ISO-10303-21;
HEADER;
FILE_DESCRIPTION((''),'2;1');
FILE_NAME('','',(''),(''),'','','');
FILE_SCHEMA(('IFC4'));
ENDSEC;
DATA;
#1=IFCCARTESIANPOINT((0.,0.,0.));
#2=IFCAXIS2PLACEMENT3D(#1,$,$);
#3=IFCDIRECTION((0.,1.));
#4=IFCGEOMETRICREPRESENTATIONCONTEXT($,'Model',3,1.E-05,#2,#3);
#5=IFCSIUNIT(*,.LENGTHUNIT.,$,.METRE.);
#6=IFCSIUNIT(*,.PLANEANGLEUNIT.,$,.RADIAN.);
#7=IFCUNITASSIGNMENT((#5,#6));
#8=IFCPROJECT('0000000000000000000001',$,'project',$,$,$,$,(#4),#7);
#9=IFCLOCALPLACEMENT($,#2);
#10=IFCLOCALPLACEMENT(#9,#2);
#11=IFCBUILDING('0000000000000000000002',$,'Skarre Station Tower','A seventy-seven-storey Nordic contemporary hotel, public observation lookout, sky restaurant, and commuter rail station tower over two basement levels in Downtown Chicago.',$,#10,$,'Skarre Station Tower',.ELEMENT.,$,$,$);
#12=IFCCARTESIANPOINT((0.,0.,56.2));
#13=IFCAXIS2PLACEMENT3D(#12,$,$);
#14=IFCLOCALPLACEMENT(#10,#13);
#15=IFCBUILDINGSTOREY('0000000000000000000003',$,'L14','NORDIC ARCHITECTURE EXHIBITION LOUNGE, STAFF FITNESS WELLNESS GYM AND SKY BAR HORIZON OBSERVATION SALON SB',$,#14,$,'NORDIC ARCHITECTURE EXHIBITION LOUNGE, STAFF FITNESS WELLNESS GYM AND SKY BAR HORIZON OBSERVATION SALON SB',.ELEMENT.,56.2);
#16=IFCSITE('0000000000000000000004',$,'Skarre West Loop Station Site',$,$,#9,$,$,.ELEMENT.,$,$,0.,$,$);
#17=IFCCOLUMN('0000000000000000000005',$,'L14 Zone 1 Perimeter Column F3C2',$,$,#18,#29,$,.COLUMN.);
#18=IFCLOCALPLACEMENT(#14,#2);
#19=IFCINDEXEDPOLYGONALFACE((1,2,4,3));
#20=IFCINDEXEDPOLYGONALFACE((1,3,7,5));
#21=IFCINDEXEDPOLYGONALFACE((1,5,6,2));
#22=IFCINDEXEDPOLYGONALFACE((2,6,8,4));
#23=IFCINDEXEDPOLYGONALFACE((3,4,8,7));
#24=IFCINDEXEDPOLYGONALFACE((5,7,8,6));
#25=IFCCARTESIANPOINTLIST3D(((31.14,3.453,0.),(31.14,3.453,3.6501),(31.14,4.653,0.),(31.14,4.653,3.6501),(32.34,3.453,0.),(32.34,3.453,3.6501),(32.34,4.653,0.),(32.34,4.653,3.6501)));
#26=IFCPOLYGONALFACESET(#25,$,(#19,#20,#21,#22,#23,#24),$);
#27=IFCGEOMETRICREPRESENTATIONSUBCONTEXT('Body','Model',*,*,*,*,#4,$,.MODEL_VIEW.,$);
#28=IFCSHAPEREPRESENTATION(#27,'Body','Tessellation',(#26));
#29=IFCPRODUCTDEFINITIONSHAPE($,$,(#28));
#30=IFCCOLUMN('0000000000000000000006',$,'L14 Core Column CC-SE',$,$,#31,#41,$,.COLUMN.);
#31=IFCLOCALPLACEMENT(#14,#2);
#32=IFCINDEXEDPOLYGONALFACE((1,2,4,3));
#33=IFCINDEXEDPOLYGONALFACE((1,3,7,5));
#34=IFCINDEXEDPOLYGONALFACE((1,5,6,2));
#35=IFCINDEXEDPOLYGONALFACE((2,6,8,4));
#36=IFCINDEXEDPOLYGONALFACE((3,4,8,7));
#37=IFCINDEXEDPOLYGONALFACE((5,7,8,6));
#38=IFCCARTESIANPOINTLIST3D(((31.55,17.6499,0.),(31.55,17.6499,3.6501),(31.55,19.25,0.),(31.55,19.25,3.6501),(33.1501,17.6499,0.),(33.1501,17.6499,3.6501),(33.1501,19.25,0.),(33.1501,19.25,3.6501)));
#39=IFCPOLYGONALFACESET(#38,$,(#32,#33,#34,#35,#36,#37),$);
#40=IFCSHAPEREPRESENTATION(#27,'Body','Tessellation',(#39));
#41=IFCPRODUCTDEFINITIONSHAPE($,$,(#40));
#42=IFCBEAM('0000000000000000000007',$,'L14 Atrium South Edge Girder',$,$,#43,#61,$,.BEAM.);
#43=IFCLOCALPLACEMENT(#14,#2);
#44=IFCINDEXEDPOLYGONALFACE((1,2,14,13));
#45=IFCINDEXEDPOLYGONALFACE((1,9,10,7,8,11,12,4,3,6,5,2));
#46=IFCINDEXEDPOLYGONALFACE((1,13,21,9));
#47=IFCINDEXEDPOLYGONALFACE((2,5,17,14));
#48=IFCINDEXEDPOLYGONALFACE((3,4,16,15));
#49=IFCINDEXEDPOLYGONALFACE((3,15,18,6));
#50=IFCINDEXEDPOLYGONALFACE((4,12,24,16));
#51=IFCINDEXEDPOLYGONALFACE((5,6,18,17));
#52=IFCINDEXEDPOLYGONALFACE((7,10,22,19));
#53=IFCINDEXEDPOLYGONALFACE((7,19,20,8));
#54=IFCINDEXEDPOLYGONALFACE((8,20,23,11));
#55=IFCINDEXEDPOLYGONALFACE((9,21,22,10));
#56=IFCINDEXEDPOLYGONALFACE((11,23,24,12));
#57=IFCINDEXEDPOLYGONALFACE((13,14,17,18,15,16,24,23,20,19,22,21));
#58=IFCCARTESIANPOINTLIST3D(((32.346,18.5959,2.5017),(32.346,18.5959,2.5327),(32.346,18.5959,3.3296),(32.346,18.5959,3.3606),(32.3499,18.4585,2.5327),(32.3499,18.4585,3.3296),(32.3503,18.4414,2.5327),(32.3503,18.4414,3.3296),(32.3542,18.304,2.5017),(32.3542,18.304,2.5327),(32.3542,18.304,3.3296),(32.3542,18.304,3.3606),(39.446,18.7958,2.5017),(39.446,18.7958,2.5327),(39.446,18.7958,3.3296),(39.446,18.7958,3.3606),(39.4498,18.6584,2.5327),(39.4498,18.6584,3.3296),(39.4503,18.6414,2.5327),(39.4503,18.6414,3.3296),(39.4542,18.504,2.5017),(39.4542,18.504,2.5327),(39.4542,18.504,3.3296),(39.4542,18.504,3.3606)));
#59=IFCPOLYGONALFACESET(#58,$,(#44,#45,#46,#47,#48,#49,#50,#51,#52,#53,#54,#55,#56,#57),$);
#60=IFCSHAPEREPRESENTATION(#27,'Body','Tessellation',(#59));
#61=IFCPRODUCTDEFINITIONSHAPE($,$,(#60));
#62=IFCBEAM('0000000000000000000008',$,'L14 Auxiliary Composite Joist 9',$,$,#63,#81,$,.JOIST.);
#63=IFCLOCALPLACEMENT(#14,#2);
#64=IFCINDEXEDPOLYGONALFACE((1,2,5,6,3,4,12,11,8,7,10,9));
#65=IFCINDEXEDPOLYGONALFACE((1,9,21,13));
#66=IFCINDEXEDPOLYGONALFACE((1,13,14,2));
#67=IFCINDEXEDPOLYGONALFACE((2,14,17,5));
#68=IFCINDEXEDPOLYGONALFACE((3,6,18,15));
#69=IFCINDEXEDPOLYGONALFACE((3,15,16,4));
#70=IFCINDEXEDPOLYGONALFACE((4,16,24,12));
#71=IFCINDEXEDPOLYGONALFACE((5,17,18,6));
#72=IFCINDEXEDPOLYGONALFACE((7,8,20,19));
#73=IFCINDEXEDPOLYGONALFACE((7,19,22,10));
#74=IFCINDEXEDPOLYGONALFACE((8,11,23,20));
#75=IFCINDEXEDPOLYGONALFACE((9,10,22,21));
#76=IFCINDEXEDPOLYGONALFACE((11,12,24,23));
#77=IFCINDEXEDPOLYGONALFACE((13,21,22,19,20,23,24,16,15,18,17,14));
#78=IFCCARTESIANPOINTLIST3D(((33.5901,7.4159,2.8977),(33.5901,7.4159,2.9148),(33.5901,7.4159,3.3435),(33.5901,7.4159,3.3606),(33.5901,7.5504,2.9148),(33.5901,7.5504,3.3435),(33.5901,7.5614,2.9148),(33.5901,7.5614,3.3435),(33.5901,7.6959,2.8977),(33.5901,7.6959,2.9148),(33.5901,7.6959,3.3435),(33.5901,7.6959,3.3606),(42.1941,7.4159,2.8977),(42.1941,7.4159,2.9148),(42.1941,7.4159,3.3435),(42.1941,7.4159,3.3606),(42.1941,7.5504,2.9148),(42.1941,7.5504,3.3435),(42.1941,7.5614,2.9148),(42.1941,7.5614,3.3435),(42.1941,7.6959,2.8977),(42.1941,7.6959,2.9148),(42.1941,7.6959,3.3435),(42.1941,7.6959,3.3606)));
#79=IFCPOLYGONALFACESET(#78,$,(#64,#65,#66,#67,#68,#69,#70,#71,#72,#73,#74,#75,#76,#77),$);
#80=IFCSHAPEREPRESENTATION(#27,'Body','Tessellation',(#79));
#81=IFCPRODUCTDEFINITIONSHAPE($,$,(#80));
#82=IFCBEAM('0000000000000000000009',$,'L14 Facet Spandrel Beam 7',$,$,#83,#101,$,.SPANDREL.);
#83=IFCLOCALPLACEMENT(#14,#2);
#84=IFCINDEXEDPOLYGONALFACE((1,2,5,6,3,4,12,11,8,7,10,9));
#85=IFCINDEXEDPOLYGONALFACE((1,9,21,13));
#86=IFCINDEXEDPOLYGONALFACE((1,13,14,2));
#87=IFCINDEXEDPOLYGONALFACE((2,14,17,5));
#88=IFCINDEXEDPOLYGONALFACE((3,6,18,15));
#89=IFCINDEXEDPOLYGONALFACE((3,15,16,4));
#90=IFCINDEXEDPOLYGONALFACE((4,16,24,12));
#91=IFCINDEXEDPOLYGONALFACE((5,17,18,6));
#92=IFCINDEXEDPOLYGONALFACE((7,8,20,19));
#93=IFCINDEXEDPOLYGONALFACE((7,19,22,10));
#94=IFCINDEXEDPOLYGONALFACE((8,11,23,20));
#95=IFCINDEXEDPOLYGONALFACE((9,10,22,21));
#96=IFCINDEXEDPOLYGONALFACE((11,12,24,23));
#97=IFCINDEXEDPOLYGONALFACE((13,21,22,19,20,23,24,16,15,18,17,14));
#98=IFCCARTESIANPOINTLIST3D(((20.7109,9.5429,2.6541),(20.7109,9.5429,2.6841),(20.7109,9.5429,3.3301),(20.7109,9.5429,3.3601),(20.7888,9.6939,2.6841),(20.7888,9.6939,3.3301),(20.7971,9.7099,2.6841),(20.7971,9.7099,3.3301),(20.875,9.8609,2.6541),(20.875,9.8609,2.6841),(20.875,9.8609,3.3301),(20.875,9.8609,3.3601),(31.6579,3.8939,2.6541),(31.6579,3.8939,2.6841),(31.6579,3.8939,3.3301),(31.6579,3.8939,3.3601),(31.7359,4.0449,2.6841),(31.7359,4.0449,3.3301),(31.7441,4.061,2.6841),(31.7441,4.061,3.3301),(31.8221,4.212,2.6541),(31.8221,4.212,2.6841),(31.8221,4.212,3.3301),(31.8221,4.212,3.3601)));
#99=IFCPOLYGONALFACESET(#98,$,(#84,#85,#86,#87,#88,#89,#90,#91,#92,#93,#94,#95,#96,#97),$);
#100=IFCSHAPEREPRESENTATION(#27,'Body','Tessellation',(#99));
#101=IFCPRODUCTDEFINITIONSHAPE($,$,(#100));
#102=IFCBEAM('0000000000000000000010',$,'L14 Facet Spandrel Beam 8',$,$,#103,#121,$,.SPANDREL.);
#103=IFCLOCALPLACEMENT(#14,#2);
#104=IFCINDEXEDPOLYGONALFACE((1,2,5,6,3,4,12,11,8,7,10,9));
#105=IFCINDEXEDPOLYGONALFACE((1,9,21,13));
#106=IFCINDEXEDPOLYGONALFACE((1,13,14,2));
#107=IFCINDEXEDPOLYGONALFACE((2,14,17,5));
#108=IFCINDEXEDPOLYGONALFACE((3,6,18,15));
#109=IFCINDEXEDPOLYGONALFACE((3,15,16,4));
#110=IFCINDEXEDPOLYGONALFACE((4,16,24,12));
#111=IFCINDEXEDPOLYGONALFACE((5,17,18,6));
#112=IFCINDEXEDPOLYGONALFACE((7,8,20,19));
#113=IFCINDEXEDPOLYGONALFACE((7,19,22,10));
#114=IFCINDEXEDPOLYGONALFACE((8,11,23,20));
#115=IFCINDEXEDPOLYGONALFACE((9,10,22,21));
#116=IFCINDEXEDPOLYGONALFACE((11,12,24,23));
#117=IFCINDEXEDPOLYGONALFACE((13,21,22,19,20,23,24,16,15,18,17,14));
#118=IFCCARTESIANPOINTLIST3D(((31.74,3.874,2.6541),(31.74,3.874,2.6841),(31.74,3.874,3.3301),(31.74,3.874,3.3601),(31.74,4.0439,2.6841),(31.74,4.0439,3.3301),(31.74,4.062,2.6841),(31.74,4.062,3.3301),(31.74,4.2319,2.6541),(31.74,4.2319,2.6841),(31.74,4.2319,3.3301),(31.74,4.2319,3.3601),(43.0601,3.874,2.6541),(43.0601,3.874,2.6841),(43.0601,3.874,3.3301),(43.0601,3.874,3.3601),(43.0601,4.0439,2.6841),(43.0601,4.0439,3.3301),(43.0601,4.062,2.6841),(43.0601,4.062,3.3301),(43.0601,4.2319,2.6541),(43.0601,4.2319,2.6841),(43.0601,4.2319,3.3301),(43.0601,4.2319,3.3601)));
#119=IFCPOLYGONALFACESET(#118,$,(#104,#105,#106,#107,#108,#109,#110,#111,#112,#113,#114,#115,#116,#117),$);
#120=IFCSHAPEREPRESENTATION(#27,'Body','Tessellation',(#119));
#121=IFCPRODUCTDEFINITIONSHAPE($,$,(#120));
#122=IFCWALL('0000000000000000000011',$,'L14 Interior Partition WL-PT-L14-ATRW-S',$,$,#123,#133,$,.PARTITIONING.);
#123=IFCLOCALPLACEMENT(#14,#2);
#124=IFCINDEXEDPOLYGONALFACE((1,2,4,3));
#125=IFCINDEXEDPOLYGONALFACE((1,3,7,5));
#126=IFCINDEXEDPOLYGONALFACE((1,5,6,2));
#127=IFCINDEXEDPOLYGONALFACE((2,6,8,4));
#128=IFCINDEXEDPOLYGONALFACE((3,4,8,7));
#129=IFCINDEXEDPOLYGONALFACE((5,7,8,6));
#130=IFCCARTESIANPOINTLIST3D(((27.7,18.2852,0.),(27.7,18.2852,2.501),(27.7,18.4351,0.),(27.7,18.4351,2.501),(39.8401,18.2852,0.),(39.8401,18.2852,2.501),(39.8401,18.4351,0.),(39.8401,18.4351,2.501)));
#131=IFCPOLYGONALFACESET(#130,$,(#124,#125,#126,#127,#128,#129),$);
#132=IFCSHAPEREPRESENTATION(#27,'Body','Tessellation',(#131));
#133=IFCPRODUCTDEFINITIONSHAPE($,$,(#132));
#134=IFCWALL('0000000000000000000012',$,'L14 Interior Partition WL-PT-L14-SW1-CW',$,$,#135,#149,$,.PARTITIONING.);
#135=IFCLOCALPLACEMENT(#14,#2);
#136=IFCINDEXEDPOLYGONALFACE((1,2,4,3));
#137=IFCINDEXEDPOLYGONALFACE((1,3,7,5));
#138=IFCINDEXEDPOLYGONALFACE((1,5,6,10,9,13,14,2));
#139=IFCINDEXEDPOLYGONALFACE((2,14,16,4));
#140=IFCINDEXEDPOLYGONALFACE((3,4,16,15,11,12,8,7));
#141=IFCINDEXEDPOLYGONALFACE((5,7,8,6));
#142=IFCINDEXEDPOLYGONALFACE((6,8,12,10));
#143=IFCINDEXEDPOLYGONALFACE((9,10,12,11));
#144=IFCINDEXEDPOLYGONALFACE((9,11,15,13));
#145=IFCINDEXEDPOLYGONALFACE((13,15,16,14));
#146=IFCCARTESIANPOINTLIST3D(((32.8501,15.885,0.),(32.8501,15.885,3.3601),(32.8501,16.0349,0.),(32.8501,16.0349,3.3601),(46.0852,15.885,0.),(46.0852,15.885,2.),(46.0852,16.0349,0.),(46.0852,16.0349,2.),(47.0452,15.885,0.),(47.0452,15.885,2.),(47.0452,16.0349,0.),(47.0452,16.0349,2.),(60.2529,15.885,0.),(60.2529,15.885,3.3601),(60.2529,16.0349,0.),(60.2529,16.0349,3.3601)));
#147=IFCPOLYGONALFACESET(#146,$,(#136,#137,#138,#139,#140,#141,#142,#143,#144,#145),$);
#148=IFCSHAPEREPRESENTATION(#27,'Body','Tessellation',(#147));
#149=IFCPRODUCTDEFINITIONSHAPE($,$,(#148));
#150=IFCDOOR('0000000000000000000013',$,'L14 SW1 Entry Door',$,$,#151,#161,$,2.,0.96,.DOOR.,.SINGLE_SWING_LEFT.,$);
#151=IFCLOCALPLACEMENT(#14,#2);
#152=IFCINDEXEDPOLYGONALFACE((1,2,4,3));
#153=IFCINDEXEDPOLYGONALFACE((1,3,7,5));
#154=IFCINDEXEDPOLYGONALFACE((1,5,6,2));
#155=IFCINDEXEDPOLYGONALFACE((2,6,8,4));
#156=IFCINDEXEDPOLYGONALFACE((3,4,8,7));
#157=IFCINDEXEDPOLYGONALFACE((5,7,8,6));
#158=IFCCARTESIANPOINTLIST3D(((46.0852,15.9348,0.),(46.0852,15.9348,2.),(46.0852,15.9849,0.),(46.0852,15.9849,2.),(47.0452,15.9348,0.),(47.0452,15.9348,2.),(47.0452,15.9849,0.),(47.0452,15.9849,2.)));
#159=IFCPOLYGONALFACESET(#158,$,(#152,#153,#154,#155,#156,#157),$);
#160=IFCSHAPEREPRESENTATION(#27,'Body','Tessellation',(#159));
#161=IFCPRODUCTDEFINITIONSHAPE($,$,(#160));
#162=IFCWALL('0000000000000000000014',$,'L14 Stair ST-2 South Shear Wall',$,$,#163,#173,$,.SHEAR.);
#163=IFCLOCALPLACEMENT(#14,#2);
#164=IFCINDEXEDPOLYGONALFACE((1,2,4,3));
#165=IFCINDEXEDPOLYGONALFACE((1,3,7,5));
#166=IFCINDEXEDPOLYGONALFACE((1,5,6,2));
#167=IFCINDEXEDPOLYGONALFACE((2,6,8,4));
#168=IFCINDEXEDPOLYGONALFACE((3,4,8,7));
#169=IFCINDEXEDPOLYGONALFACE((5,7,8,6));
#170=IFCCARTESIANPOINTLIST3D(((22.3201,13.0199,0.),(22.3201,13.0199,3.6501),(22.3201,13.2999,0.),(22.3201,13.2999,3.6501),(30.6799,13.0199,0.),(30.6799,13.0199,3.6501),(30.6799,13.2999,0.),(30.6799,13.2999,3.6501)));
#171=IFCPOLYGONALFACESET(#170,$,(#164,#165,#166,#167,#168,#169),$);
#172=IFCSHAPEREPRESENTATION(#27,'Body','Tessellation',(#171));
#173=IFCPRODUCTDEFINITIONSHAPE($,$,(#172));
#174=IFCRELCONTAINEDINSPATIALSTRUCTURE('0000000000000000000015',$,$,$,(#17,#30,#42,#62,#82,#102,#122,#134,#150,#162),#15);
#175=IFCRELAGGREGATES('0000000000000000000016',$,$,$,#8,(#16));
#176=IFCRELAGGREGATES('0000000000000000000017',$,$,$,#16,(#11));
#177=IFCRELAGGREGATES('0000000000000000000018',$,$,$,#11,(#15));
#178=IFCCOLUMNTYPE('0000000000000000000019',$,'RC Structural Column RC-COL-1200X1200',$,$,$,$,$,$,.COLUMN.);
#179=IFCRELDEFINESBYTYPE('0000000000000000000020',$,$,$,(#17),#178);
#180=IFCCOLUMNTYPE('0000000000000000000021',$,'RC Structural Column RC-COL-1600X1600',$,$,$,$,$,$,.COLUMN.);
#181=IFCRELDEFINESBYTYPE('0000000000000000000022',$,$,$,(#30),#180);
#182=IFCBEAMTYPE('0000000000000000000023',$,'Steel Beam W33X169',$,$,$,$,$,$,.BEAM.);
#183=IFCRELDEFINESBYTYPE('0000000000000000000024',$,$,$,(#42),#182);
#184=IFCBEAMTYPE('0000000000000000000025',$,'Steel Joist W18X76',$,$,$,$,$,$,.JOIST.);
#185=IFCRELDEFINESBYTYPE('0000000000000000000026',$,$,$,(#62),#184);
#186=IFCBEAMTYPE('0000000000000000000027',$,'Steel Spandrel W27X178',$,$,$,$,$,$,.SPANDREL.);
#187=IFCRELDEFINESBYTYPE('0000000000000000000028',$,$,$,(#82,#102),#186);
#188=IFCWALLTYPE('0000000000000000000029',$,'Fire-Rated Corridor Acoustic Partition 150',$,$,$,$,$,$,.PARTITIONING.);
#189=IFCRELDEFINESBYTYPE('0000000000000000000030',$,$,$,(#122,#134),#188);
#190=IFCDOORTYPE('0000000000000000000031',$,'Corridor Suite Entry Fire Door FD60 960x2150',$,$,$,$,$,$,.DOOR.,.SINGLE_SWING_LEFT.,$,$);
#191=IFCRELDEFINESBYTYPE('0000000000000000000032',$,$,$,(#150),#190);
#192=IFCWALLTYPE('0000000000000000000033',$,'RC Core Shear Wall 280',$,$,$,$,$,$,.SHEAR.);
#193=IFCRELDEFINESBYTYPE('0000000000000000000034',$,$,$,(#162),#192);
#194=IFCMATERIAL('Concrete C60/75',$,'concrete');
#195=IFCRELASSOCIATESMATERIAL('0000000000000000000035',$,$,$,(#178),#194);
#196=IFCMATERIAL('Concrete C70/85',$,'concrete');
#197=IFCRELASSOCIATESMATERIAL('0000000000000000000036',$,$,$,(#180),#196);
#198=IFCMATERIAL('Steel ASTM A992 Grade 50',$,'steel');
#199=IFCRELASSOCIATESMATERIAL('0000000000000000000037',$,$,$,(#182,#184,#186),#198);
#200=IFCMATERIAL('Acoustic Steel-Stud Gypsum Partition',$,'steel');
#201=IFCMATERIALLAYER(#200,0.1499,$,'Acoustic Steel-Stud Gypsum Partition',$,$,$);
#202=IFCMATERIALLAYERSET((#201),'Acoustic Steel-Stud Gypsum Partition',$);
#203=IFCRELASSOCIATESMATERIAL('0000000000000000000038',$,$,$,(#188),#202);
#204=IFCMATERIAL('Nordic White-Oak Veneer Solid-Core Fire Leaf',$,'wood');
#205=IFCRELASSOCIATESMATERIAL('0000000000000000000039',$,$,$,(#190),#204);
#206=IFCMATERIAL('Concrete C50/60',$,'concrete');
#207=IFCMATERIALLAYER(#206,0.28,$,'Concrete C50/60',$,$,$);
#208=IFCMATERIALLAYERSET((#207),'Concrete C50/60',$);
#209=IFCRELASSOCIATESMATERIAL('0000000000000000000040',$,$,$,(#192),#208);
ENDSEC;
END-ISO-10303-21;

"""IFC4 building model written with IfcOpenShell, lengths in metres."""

from ifc_helpers import new_model, si_unit, direction, frame, frame_2d, origin, origin_2d, place, context, subcontext, project, spatial, rectangle, i_section, extrude, material, layer, layer_set, material_profile, profile_set, type_object, element, fill, save


model = new_model("IFC4")

# Units and contexts
model_context = context("Model", 3, precision=1e-05, world=origin(), true_north=direction((0.0, 1.0)))
body_context = subcontext(model_context, "Body", "Model", "MODEL_VIEW")
ifc_project = project(units=[si_unit("LENGTHUNIT", "METRE"), si_unit("PLANEANGLEUNIT", "RADIAN")], contexts=[model_context])

# Site, building, storey
site_placement = place(None, origin())
site = spatial("IfcSite", under=ifc_project, at=site_placement, Name="Skarre West Loop Station Site", CompositionType="ELEMENT", RefElevation=0.0)
building_placement = place(site_placement, origin())
building = spatial("IfcBuilding", under=site, at=building_placement, Name="Skarre Station Tower", Description="A seventy-seven-storey Nordic contemporary hotel, public observation lookout, sky restaurant, and commuter rail station tower over two basement levels in Downtown Chicago.", LongName="Skarre Station Tower", CompositionType="ELEMENT")
storey_placement = place(building_placement, frame((0.0, 0.0, 56.2)))
storey = spatial("IfcBuildingStorey", under=building, at=storey_placement, Name="L14", Description="NORDIC ARCHITECTURE EXHIBITION LOUNGE, STAFF FITNESS WELLNESS GYM AND SKY BAR HORIZON OBSERVATION SALON SB", LongName="NORDIC ARCHITECTURE EXHIBITION LOUNGE, STAFF FITNESS WELLNESS GYM AND SKY BAR HORIZON OBSERVATION SALON SB", CompositionType="ELEMENT", Elevation=56.2)

# Columns
ifc_material_1 = material(Name="Concrete C60/75", Category="concrete")
ifc_material_profile_1 = material_profile(ifc_material_1, rectangle(XDim=1.2, YDim=1.2, at=origin_2d()), Name="Concrete C60/75")
ifc_profile_set_1 = profile_set([ifc_material_profile_1], Name="Concrete C60/75")
column_type_1 = type_object("IfcColumnType", Name="RC Structural Column RC-COL-1200X1200", PredefinedType="COLUMN", material=ifc_profile_set_1)
column_1_placement = place(storey_placement, frame((31.74, 4.053, 0.0), z_axis=(0.0, 0.0, 1.0), x_axis=(1.0, 0.0, 0.0)))
element("IfcColumn", 1, at=column_1_placement, inside=storey, type_object=column_type_1, Name="L14 Zone 1 Perimeter Column F3C2", PredefinedType="COLUMN", context=body_context, shape_type="SweptSolid", body=[
    extrude(rectangle(XDim=1.2, YDim=1.2, at=origin_2d()), origin(), (0.0, 0.0, 1.0), 3.6501),
])
ifc_material_2 = material(Name="Concrete C70/85", Category="concrete")
ifc_material_profile_2 = material_profile(ifc_material_2, rectangle(XDim=1.6001, YDim=1.6001, at=origin_2d()), Name="Concrete C70/85")
ifc_profile_set_2 = profile_set([ifc_material_profile_2], Name="Concrete C70/85")
column_type_2 = type_object("IfcColumnType", Name="RC Structural Column RC-COL-1600X1600", PredefinedType="COLUMN", material=ifc_profile_set_2)
column_2_placement = place(storey_placement, frame((32.3501, 18.45, 0.0), z_axis=(0.0, 0.0, 1.0), x_axis=(1.0, 0.0, 0.0)))
element("IfcColumn", 2, at=column_2_placement, inside=storey, type_object=column_type_2, Name="L14 Core Column CC-SE", PredefinedType="COLUMN", context=body_context, shape_type="SweptSolid", body=[
    extrude(rectangle(XDim=1.6001, YDim=1.6001, at=origin_2d()), origin(), (0.0, 0.0, 1.0), 3.6501),
])

# Beams
ifc_material_3 = material(Name="Steel ASTM A992 Grade 50", Category="steel")
ifc_material_profile_3 = material_profile(ifc_material_3, i_section(OverallWidth=0.292, OverallDepth=0.8589, WebThickness=0.0171, FlangeThickness=0.031, at=origin_2d()), Name="Steel ASTM A992 Grade 50")
ifc_profile_set_3 = profile_set([ifc_material_profile_3], Name="Steel ASTM A992 Grade 50")
beam_type_1 = type_object("IfcBeamType", Name="Steel Beam W33X169", PredefinedType="BEAM", material=ifc_profile_set_3)
beam_1_placement = place(storey_placement, frame((32.3501, 18.45, 2.9312), z_axis=(0.999604, 0.028152, 0.0), x_axis=(-0.028152, 0.999604, 0.0)))
element("IfcBeam", 3, at=beam_1_placement, inside=storey, type_object=beam_type_1, Name="L14 Atrium South Edge Girder", PredefinedType="BEAM", context=body_context, shape_type="SweptSolid", body=[
    extrude(i_section(OverallWidth=0.292, OverallDepth=0.8589, WebThickness=0.0171, FlangeThickness=0.031, at=origin_2d()), origin(), (0.0, 0.0, 1.0), 7.1028),
])
ifc_material_profile_4 = material_profile(ifc_material_3, i_section(OverallWidth=0.28, OverallDepth=0.4629, WebThickness=0.011, FlangeThickness=0.0171, at=origin_2d()), Name="Steel ASTM A992 Grade 50")
ifc_profile_set_4 = profile_set([ifc_material_profile_4], Name="Steel ASTM A992 Grade 50")
beam_type_2 = type_object("IfcBeamType", Name="Steel Joist W18X76", PredefinedType="JOIST", material=ifc_profile_set_4)
beam_2_placement = place(storey_placement, frame((33.5901, 7.5559, 3.1292), z_axis=(1.0, 0.0, 0.0), x_axis=(0.0, 1.0, 0.0)))
element("IfcBeam", 4, at=beam_2_placement, inside=storey, type_object=beam_type_2, Name="L14 Auxiliary Composite Joist 9", PredefinedType="JOIST", context=body_context, shape_type="SweptSolid", body=[
    extrude(i_section(OverallWidth=0.28, OverallDepth=0.4629, WebThickness=0.011, FlangeThickness=0.0171, at=origin_2d()), origin(), (0.0, 0.0, 1.0), 8.604),
])
ifc_material_profile_5 = material_profile(ifc_material_3, i_section(OverallWidth=0.3579, OverallDepth=0.7061, WebThickness=0.0181, FlangeThickness=0.03, at=origin_2d()), Name="Steel ASTM A992 Grade 50")
ifc_profile_set_5 = profile_set([ifc_material_profile_5], Name="Steel ASTM A992 Grade 50")
beam_type_3 = type_object("IfcBeamType", Name="Steel Spandrel W27X178", PredefinedType="SPANDREL", material=ifc_profile_set_5)
beam_3_placement = place(storey_placement, frame((20.793, 9.7019, 3.0071), z_axis=(0.888659, -0.458569, 0.0), x_axis=(0.458569, 0.888659, 0.0)))
element("IfcBeam", 5, at=beam_3_placement, inside=storey, type_object=beam_type_3, Name="L14 Facet Spandrel Beam 7", PredefinedType="SPANDREL", context=body_context, shape_type="SweptSolid", body=[
    extrude(i_section(OverallWidth=0.3579, OverallDepth=0.7061, WebThickness=0.0181, FlangeThickness=0.03, at=origin_2d()), origin(), (0.0, 0.0, 1.0), 12.3186),
])
beam_4_placement = place(storey_placement, frame((31.74, 4.053, 3.0071), z_axis=(1.0, 0.0, 0.0), x_axis=(0.0, 1.0, 0.0)))
element("IfcBeam", 6, at=beam_4_placement, inside=storey, type_object=beam_type_3, Name="L14 Facet Spandrel Beam 8", PredefinedType="SPANDREL", context=body_context, shape_type="SweptSolid", body=[
    extrude(i_section(OverallWidth=0.3579, OverallDepth=0.7061, WebThickness=0.0181, FlangeThickness=0.03, at=origin_2d()), origin(), (0.0, 0.0, 1.0), 11.3201),
])

# Wall
ifc_material_4 = material(Name="Acoustic Steel-Stud Gypsum Partition", Category="steel")
ifc_layer_1 = layer(ifc_material_4, 0.1499, Name="Acoustic Steel-Stud Gypsum Partition")
ifc_layer_set_1 = layer_set([ifc_layer_1], Name="Acoustic Steel-Stud Gypsum Partition")
wall_type_1 = type_object("IfcWallType", Name="Fire-Rated Corridor Acoustic Partition 150", PredefinedType="PARTITIONING", material=ifc_layer_set_1)
wall_1_placement = place(storey_placement, frame((27.7, 18.3601, 0.0), z_axis=(0.0, 0.0, 1.0), x_axis=(1.0, 0.0, 0.0)))
element("IfcWall", 7, at=wall_1_placement, inside=storey, type_object=wall_type_1, Name="L14 Interior Partition WL-PT-L14-ATRW-S", PredefinedType="PARTITIONING", context=body_context, shape_type="SweptSolid", body=[
    extrude(rectangle(XDim=12.1401, YDim=0.1499, at=frame_2d((6.0701, 0.0))), origin(), (0.0, 0.0, 1.0), 2.501),
])

# Wall, opening, door
wall_2_placement = place(storey_placement, frame((32.8501, 15.96, 0.0), z_axis=(0.0, 0.0, 1.0), x_axis=(1.0, 0.0, 0.0)))
wall_2 = element("IfcWall", 8, at=wall_2_placement, inside=storey, type_object=wall_type_1, Name="L14 Interior Partition WL-PT-L14-SW1-CW", PredefinedType="PARTITIONING", context=body_context, shape_type="SweptSolid", body=[
    extrude(rectangle(XDim=27.4028, YDim=0.1499, at=frame_2d((13.7014, 0.0))), origin(), (0.0, 0.0, 1.0), 3.3601),
])
opening_1_placement = place(wall_2_placement, frame((13.2351, 0.0, 0.0)))
opening_1 = element("IfcOpeningElement", 9, at=opening_1_placement, cuts=wall_2, PredefinedType="OPENING", context=body_context, shape_type="SweptSolid", body=[
    extrude(rectangle(XDim=0.96, YDim=2.0, at=frame_2d((0.48, 1.0))), frame((0.0, 0.085, 0.0), z_axis=(0.0, -1.0, 0.0), x_axis=(1.0, 0.0, 0.0)), (0.0, 0.0, 1.0), 0.1699),
])
ifc_material_5 = material(Name="Nordic White-Oak Veneer Solid-Core Fire Leaf", Category="wood")
door_type_1 = type_object("IfcDoorType", Name="Corridor Suite Entry Fire Door FD60 960x2150", OperationType="SINGLE_SWING_LEFT", PredefinedType="DOOR", material=ifc_material_5)
door_1_placement = place(opening_1_placement, origin())
door_1 = element("IfcDoor", 10, at=door_1_placement, inside=storey, type_object=door_type_1, Name="L14 SW1 Entry Door", OperationType="SINGLE_SWING_LEFT", OverallHeight=2.0, OverallWidth=0.96, PredefinedType="DOOR", context=body_context, shape_type="SweptSolid", body=[
    extrude(rectangle(XDim=0.96, YDim=2.0, at=frame_2d((0.48, 1.0))), frame((0.0, 0.0249, 0.0), z_axis=(0.0, -1.0, 0.0), x_axis=(1.0, 0.0, 0.0)), (0.0, 0.0, 1.0), 0.05),
])
fill(opening_1, door_1)

# Wall
ifc_material_6 = material(Name="Concrete C50/60", Category="concrete")
ifc_layer_2 = layer(ifc_material_6, 0.28, Name="Concrete C50/60")
ifc_layer_set_2 = layer_set([ifc_layer_2], Name="Concrete C50/60")
wall_type_2 = type_object("IfcWallType", Name="RC Core Shear Wall 280", PredefinedType="SHEAR", material=ifc_layer_set_2)
wall_3_placement = place(storey_placement, frame((22.3201, 13.1599, 0.0), z_axis=(0.0, 0.0, 1.0), x_axis=(1.0, 0.0, 0.0)))
element("IfcWall", 11, at=wall_3_placement, inside=storey, type_object=wall_type_2, Name="L14 Stair ST-2 South Shear Wall", PredefinedType="SHEAR", context=body_context, shape_type="SweptSolid", body=[
    extrude(rectangle(XDim=8.3599, YDim=0.28, at=frame_2d((4.1799, 0.0))), origin(), (0.0, 0.0, 1.0), 3.6501),
])

save(model, "model.ifc")
